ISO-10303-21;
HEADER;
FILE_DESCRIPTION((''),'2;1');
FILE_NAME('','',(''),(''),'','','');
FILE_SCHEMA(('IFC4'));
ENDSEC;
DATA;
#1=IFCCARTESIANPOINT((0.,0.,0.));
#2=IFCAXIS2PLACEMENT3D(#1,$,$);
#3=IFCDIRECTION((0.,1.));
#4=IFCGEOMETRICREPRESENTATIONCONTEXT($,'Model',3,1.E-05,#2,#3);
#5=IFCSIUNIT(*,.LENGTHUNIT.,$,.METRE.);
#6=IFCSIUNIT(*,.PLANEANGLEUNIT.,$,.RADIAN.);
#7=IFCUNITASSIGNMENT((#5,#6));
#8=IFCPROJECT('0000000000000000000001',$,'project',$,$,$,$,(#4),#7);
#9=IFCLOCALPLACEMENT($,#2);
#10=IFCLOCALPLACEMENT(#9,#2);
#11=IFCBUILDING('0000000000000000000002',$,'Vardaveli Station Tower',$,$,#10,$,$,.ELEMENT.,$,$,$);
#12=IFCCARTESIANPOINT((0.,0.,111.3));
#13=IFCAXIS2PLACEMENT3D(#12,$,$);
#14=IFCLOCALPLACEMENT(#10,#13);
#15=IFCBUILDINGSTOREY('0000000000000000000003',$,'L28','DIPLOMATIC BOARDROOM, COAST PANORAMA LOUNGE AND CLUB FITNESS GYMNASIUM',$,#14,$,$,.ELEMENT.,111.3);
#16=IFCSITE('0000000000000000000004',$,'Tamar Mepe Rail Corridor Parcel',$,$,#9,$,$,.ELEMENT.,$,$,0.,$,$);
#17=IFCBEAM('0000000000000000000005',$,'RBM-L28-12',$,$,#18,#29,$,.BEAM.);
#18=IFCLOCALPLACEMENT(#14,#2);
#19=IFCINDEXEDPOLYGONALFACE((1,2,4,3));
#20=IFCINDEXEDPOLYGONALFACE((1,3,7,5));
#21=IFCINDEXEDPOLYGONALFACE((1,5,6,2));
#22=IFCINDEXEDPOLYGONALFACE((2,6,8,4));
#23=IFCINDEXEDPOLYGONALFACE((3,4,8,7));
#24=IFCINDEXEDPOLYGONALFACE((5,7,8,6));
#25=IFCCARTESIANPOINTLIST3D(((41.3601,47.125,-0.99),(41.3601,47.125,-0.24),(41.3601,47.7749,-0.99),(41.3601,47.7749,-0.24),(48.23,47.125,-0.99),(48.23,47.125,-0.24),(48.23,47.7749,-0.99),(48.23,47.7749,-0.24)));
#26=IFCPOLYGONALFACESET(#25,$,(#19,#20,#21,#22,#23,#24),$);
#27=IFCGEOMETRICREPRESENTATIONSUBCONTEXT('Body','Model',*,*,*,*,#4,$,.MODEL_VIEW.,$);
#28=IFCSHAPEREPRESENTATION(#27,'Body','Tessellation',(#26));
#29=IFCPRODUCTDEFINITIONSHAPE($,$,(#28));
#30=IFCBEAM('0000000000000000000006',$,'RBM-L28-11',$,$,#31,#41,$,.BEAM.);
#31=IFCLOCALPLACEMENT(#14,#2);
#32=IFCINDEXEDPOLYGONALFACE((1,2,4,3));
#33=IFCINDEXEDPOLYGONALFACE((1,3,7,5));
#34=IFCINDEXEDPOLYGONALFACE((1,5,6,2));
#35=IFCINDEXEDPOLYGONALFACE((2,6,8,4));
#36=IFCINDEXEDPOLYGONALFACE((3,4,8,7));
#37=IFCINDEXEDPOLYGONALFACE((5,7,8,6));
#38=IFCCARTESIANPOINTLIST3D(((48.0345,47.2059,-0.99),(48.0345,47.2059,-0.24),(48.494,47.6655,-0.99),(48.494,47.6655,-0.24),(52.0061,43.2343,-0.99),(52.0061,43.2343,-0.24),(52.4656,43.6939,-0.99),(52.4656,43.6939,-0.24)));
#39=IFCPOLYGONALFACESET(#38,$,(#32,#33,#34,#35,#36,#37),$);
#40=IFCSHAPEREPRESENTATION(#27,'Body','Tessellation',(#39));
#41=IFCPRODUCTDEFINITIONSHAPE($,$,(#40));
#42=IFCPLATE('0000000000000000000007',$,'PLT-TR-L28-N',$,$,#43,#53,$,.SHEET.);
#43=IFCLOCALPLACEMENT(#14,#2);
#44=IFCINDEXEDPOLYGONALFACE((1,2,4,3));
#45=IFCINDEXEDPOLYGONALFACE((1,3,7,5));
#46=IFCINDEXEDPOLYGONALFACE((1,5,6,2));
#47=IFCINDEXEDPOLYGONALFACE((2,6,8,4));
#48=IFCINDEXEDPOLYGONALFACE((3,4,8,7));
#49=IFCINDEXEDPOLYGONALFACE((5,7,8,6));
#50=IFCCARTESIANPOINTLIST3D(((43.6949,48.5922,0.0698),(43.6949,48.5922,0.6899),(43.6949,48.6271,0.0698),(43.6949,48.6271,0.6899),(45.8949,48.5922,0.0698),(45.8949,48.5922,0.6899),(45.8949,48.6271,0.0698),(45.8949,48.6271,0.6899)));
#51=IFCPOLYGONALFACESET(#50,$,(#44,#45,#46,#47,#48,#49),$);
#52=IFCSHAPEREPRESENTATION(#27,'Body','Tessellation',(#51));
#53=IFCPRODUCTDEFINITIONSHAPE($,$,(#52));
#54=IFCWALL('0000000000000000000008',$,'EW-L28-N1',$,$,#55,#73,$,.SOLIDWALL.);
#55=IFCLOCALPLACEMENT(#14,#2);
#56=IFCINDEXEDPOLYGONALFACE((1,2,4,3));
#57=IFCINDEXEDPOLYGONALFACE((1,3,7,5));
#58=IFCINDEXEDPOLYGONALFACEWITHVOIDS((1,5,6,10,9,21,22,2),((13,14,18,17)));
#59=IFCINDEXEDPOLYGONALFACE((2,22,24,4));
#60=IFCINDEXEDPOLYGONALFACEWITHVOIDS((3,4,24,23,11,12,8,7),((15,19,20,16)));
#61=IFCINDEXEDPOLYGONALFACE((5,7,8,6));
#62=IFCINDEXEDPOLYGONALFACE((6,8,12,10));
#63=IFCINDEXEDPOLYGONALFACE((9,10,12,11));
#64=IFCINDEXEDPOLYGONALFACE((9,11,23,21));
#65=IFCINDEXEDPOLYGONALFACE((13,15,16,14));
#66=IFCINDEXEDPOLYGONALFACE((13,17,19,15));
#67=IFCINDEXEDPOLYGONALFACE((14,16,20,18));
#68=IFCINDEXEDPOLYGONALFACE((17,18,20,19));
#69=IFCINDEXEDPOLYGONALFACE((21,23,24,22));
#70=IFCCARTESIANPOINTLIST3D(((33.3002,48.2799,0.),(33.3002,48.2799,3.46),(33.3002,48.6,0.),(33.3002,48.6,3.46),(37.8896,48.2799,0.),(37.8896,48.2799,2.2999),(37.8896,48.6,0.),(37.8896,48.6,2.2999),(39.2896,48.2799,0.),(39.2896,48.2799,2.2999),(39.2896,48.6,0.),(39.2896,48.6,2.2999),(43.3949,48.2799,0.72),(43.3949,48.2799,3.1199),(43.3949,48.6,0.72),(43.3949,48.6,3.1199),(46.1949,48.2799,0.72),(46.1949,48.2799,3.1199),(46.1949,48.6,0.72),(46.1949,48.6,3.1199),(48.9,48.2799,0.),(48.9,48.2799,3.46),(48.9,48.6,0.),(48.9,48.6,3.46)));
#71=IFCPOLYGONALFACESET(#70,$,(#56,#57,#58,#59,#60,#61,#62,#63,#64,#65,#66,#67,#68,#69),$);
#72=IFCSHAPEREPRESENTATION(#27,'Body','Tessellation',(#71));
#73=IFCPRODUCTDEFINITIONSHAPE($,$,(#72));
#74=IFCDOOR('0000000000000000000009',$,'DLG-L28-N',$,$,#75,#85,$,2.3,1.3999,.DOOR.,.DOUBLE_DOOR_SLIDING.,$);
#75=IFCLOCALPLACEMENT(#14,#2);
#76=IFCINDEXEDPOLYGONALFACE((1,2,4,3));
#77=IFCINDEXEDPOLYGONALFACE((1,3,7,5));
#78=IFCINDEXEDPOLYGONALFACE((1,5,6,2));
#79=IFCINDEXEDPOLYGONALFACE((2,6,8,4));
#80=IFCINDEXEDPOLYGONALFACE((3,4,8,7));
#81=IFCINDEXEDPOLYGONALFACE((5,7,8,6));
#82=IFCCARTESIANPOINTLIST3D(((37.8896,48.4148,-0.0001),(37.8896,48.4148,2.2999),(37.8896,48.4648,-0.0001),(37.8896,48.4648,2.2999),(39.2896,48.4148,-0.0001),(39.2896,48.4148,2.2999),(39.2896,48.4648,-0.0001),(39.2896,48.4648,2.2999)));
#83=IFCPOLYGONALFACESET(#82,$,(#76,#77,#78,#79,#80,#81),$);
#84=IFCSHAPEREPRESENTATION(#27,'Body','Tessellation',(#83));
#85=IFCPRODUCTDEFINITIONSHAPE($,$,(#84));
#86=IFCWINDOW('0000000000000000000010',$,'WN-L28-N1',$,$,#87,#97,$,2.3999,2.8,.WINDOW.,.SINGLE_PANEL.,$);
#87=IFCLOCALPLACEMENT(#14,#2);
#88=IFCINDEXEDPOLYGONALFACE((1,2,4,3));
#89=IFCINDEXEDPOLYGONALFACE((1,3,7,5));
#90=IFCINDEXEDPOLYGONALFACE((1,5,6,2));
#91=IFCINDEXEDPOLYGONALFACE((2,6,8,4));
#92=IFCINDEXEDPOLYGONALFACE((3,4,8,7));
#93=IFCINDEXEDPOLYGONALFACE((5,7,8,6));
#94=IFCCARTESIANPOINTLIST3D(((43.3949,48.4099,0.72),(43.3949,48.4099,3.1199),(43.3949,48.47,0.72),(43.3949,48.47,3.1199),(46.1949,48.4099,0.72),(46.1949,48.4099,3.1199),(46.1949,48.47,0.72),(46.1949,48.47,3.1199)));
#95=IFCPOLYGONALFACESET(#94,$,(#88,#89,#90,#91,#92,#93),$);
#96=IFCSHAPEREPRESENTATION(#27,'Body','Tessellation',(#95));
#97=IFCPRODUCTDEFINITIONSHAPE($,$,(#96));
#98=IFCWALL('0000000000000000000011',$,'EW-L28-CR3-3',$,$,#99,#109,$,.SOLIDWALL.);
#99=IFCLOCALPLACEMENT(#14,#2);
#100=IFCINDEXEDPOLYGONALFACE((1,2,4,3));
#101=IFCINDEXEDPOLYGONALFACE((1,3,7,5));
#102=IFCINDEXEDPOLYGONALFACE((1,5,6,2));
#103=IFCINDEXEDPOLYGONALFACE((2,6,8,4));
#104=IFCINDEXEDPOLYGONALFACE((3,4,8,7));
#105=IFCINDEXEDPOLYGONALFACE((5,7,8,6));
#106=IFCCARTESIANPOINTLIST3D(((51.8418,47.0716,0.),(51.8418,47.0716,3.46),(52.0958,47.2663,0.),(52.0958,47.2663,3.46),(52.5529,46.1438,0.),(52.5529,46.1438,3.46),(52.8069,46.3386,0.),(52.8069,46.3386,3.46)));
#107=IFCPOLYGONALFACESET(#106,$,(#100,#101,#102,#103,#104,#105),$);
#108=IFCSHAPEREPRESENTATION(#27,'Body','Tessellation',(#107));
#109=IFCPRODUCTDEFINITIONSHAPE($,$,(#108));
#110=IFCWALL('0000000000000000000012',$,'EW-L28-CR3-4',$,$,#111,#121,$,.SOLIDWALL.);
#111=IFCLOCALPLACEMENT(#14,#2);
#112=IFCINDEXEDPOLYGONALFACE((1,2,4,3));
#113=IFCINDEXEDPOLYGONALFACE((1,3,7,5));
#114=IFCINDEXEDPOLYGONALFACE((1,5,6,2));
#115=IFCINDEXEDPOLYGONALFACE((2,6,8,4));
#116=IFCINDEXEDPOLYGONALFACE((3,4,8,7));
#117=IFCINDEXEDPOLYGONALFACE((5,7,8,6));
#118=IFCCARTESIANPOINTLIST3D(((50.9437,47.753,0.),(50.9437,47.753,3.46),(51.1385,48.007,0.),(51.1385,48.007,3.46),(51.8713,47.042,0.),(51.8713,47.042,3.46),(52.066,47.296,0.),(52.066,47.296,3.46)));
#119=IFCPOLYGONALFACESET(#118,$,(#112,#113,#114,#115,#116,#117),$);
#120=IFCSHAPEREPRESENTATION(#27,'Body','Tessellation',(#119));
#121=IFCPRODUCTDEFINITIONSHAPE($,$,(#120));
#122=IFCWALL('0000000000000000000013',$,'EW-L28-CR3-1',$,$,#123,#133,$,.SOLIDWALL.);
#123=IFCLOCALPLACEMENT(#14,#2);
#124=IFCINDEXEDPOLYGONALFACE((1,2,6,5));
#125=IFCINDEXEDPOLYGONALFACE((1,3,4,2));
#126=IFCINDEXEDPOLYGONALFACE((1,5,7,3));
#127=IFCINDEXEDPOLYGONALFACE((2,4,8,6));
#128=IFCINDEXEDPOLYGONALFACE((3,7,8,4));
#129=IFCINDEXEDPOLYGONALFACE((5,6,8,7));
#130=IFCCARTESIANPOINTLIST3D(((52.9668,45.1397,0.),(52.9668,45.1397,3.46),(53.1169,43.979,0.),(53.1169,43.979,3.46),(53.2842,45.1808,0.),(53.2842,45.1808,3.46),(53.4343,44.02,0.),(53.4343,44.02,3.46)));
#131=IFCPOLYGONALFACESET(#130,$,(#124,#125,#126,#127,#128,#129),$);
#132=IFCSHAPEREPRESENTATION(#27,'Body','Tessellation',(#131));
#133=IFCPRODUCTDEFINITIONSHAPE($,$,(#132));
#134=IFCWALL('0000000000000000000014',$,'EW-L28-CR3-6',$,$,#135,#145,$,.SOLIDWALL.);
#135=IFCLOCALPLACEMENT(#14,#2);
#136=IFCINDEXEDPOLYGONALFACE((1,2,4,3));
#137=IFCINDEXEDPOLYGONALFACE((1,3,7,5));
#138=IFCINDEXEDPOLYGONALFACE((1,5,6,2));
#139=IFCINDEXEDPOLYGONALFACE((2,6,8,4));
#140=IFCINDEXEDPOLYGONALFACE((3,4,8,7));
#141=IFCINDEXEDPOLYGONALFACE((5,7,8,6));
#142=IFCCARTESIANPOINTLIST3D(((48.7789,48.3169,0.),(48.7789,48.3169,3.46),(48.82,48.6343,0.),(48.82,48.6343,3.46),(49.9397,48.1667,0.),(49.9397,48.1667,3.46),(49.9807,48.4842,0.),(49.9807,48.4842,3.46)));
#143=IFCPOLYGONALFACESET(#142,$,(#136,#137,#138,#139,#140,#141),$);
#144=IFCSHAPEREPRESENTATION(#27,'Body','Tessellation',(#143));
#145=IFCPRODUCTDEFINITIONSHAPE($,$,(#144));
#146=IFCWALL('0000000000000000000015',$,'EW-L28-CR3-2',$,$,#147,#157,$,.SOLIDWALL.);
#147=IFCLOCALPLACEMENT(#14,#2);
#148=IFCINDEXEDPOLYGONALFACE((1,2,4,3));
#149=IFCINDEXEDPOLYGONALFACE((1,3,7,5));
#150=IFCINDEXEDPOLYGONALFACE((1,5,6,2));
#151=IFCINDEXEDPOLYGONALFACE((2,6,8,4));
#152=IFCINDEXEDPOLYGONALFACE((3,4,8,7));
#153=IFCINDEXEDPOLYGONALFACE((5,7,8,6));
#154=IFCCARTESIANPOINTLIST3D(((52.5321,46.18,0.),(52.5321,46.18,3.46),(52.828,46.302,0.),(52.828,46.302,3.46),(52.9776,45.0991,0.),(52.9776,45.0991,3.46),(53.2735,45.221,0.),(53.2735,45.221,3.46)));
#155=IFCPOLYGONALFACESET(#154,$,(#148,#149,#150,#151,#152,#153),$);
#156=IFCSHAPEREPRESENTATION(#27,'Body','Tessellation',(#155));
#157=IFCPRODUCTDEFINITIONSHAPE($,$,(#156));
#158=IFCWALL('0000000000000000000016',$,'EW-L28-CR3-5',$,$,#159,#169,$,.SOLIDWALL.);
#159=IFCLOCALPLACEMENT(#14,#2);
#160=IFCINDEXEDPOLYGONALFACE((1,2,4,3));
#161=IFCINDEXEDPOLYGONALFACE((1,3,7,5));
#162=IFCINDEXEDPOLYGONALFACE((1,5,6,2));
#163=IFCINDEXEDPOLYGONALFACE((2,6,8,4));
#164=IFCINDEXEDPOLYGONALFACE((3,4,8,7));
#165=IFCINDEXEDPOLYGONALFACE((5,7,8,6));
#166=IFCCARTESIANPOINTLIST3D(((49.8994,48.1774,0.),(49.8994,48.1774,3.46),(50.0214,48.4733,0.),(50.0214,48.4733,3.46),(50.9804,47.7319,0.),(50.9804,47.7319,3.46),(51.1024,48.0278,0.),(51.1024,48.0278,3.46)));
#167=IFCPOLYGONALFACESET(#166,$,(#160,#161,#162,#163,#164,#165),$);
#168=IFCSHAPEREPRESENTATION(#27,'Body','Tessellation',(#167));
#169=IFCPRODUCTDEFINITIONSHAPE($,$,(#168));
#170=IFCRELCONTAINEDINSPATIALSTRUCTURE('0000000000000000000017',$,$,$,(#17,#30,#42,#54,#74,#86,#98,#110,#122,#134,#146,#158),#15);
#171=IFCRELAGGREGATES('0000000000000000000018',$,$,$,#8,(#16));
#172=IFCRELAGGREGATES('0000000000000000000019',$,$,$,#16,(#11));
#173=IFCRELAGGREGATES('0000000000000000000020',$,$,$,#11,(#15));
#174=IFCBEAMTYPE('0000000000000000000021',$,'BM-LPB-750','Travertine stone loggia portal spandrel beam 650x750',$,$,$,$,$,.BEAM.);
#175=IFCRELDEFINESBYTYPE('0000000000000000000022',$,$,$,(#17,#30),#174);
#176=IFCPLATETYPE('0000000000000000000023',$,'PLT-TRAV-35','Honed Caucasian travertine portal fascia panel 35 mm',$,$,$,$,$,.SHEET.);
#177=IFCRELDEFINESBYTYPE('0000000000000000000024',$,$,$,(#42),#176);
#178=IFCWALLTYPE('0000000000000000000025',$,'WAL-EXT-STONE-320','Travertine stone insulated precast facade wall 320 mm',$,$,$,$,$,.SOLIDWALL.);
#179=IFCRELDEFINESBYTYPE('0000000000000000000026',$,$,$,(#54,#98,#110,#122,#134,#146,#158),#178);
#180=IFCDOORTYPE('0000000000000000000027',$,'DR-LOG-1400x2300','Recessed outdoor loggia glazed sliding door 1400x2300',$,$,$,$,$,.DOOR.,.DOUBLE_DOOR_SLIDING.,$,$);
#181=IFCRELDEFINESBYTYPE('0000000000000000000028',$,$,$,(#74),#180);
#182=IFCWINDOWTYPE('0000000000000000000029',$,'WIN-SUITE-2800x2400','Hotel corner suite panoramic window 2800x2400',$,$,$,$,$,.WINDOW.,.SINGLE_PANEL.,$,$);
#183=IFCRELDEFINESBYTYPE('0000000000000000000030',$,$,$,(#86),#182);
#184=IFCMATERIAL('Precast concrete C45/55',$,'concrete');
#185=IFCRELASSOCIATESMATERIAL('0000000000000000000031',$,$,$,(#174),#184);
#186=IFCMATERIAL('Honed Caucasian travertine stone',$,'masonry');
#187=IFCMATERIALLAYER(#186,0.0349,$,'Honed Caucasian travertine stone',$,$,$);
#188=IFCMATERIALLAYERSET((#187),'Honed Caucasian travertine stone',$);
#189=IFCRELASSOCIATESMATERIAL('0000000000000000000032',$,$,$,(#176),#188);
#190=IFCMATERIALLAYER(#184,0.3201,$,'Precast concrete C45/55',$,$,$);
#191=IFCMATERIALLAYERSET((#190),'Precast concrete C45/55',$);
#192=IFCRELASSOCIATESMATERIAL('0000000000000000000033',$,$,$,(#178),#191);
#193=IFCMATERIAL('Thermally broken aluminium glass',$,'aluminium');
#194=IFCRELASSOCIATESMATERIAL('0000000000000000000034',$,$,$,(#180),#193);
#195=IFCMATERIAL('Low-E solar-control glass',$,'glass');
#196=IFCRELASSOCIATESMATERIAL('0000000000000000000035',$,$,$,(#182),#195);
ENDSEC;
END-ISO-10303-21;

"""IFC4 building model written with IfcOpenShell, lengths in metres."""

from ifc_helpers import new_model, si_unit, direction, frame, frame_2d, origin, origin_2d, place, context, subcontext, project, spatial, rectangle, extrude, source, transform, mapped, material, layer, layer_set, material_profile, profile_set, type_object, element, fill, save


model = new_model("IFC4")

# Units and contexts
model_context = context("Model", 3, precision=1e-05, world=origin(), true_north=direction((0.0, 1.0)))
body_context = subcontext(model_context, "Body", "Model", "MODEL_VIEW")
ifc_project = project(units=[si_unit("LENGTHUNIT", "METRE"), si_unit("PLANEANGLEUNIT", "RADIAN")], contexts=[model_context])

# Site, building, storey
site_placement = place(None, origin())
site = spatial("IfcSite", under=ifc_project, at=site_placement, Name="Tamar Mepe Rail Corridor Parcel", CompositionType="ELEMENT", RefElevation=0.0)
building_placement = place(site_placement, origin())
building = spatial("IfcBuilding", under=site, at=building_placement, Name="Vardaveli Station Tower", CompositionType="ELEMENT")
storey_placement = place(building_placement, frame((0.0, 0.0, 111.3)))
storey = spatial("IfcBuildingStorey", under=building, at=storey_placement, Name="L28", Description="DIPLOMATIC BOARDROOM, COAST PANORAMA LOUNGE AND CLUB FITNESS GYMNASIUM", CompositionType="ELEMENT", Elevation=111.3)

# Beams
ifc_material_1 = material(Name="Precast concrete C45/55", Category="concrete")
ifc_material_profile_1 = material_profile(ifc_material_1, rectangle(XDim=0.6499, YDim=0.75, at=origin_2d()), Name="LPB 650x750")
ifc_profile_set_1 = profile_set([ifc_material_profile_1], Name="Precast concrete C45/55")
beam_type = type_object("IfcBeamType", Name="BM-LPB-750", Description="Travertine stone loggia portal spandrel beam 650x750", PredefinedType="BEAM", material=ifc_profile_set_1)
shared_shape_1 = source(origin(), body_context, "Body", "SweptSolid", [
    extrude(rectangle(XDim=0.6499, YDim=0.75, at=origin_2d()), origin(), (0.0, 0.0, 1.0), 6.8699),
])
for number, where, z_axis, x_axis, name in (
    (1, (48.23, 47.45, -0.615), (-1.0, 0.0, 0.0), (0.0, -1.0, 0.0), "RBM-L28-12"),
):
    element("IfcBeam", number, at=place(storey_placement, frame(where, z_axis=z_axis, x_axis=x_axis)), inside=storey, type_object=beam_type, Name=name, PredefinedType="BEAM", context=body_context, shape_type="MappedRepresentation", body=[
        mapped(shared_shape_1, transform((0.0, 0.0, 0.0), scale=1.0)),
    ])
shared_shape_2 = source(origin(), body_context, "Body", "SweptSolid", [
    extrude(rectangle(XDim=0.6499, YDim=0.75, at=origin_2d()), origin(), (0.0, 0.0, 1.0), 5.6167),
])
beam_placement = place(storey_placement, frame((52.2358, 43.4641, -0.615), z_axis=(-0.707107, 0.707107, 0.0), x_axis=(-0.707107, -0.707107, 0.0)))
element("IfcBeam", 2, at=beam_placement, inside=storey, type_object=beam_type, Name="RBM-L28-11", PredefinedType="BEAM", context=body_context, shape_type="MappedRepresentation", body=[
    mapped(shared_shape_2, transform((0.0, 0.0, 0.0), scale=1.0)),
])

# Plate
ifc_material_2 = material(Name="Honed Caucasian travertine stone", Category="masonry")
ifc_layer_1 = layer(ifc_material_2, 0.0349, Name="Honed Caucasian travertine stone")
ifc_layer_set_1 = layer_set([ifc_layer_1], Name="Honed Caucasian travertine stone")
plate_type = type_object("IfcPlateType", Name="PLT-TRAV-35", Description="Honed Caucasian travertine portal fascia panel 35 mm", PredefinedType="SHEET", material=ifc_layer_set_1)
shared_shape_3 = source(origin(), body_context, "Body", "SweptSolid", [
    extrude(rectangle(XDim=2.2, YDim=0.0349, at=origin_2d()), origin(), (0.0, 0.0, 1.0), 0.6201),
])
plate_placement = place(storey_placement, frame((44.7949, 48.6096, 0.0698), z_axis=(0.0, 0.0, 1.0), x_axis=(1.0, 0.0, 0.0)))
element("IfcPlate", 3, at=plate_placement, inside=storey, type_object=plate_type, Name="PLT-TR-L28-N", PredefinedType="SHEET", context=body_context, shape_type="MappedRepresentation", body=[
    mapped(shared_shape_3, transform((0.0, 0.0, 0.0), scale=1.0)),
])

# Wall, openings, door, window
ifc_layer_2 = layer(ifc_material_1, 0.3201, Name="Precast concrete C45/55")
ifc_layer_set_2 = layer_set([ifc_layer_2], Name="Precast concrete C45/55")
wall_type_1 = type_object("IfcWallType", Name="WAL-EXT-STONE-320", Description="Travertine stone insulated precast facade wall 320 mm", PredefinedType="SOLIDWALL", material=ifc_layer_set_2)
shared_shape_4 = source(origin(), body_context, "Body", "SweptSolid", [
    extrude(rectangle(XDim=15.5999, YDim=0.3201, at=frame_2d((7.7998, 0.0))), origin(), (0.0, 0.0, 1.0), 3.46),
])
wall_1_placement = place(storey_placement, frame((48.8999, 48.4399, 0.0), z_axis=(0.0, 0.0, 1.0), x_axis=(-1.0, 0.0, 0.0)))
wall_1 = element("IfcWall", 4, at=wall_1_placement, inside=storey, type_object=wall_type_1, Name="EW-L28-N1", PredefinedType="SOLIDWALL", context=body_context, shape_type="MappedRepresentation", body=[
    mapped(shared_shape_4, transform((0.0, 0.0, 0.0), scale=1.0)),
])
shared_shape_5 = source(origin(), body_context, "Body", "SweptSolid", [
    extrude(rectangle(XDim=1.3999, YDim=2.3, at=frame_2d((0.7, 1.1499))), frame((0.0, 0.1699, 0.0), z_axis=(0.0, -1.0, 0.0), x_axis=(1.0, 0.0, 0.0)), (0.0, 0.0, 1.0), 0.3401),
])
opening_1_placement = place(wall_1_placement, frame((9.6104, 0.0, 0.0)))
opening_1 = element("IfcOpeningElement", 5, at=opening_1_placement, cuts=wall_1, PredefinedType="OPENING", context=body_context, shape_type="MappedRepresentation", body=[
    mapped(shared_shape_5, transform((0.0, 0.0, 0.0), scale=1.0)),
])
shared_shape_6 = source(origin(), body_context, "Body", "SweptSolid", [
    extrude(rectangle(XDim=2.8, YDim=2.3999, at=frame_2d((1.3999, 1.2))), frame((0.0, 0.1699, 0.0), z_axis=(0.0, -1.0, 0.0), x_axis=(1.0, 0.0, 0.0)), (0.0, 0.0, 1.0), 0.3401),
])
opening_2_placement = place(wall_1_placement, frame((2.7051, 0.0, 0.72)))
opening_2 = element("IfcOpeningElement", 6, at=opening_2_placement, cuts=wall_1, PredefinedType="OPENING", context=body_context, shape_type="MappedRepresentation", body=[
    mapped(shared_shape_6, transform((0.0, 0.0, 0.0), scale=1.0)),
])
ifc_material_3 = material(Name="Thermally broken aluminium glass", Category="aluminium")
door_type = type_object("IfcDoorType", Name="DR-LOG-1400x2300", Description="Recessed outdoor loggia glazed sliding door 1400x2300", OperationType="DOUBLE_DOOR_SLIDING", PredefinedType="DOOR", material=ifc_material_3)
shared_shape_7 = source(origin(), body_context, "Body", "SweptSolid", [
    extrude(rectangle(XDim=1.3999, YDim=2.3, at=frame_2d((0.7, 1.1499))), frame((0.0, 0.0249, 0.0), z_axis=(0.0, -1.0, 0.0), x_axis=(1.0, 0.0, 0.0)), (0.0, 0.0, 1.0), 0.05),
])
door_placement = place(opening_1_placement, frame((1.3999, 0.0, 0.0), z_axis=(0.0, 0.0, 1.0), x_axis=(-1.0, 0.0, 0.0)))
door = element("IfcDoor", 7, at=door_placement, inside=storey, type_object=door_type, Name="DLG-L28-N", OperationType="DOUBLE_DOOR_SLIDING", OverallHeight=2.3, OverallWidth=1.3999, PredefinedType="DOOR", context=body_context, shape_type="MappedRepresentation", body=[
    mapped(shared_shape_7, transform((0.0, 0.0, 0.0), scale=1.0)),
])
fill(opening_1, door)
ifc_material_4 = material(Name="Low-E solar-control glass", Category="glass")
window_type = type_object("IfcWindowType", Name="WIN-SUITE-2800x2400", Description="Hotel corner suite panoramic window 2800x2400", PartitioningType="SINGLE_PANEL", PredefinedType="WINDOW", material=ifc_material_4)
shared_shape_8 = source(origin(), body_context, "Body", "SweptSolid", [
    extrude(rectangle(XDim=2.8, YDim=2.3999, at=frame_2d((1.3999, 1.2))), frame((0.0, 0.03, 0.0), z_axis=(0.0, -1.0, 0.0), x_axis=(1.0, 0.0, 0.0)), (0.0, 0.0, 1.0), 0.0601),
])
window_placement = place(opening_2_placement, origin())
window = element("IfcWindow", 8, at=window_placement, inside=storey, type_object=window_type, Name="WN-L28-N1", OverallHeight=2.3999, OverallWidth=2.8, PartitioningType="SINGLE_PANEL", PredefinedType="WINDOW", context=body_context, shape_type="MappedRepresentation", body=[
    mapped(shared_shape_8, transform((0.0, 0.0, 0.0), scale=1.0)),
])
fill(opening_2, window)

# Walls
shared_shape_9 = source(origin(), body_context, "Body", "SweptSolid", [
    extrude(rectangle(XDim=1.1689, YDim=0.3201, at=frame_2d((0.5845, 0.0))), origin(), (0.0, 0.0, 1.0), 3.46),
])
wall_2_placement = place(storey_placement, frame((52.6799, 46.2412, 0.0), z_axis=(0.0, 0.0, 1.0), x_axis=(-0.608388, 0.79364, 0.0)))
element("IfcWall", 9, at=wall_2_placement, inside=storey, type_object=wall_type_1, Name="EW-L28-CR3-3", PredefinedType="SOLIDWALL", context=body_context, shape_type="MappedRepresentation", body=[
    mapped(shared_shape_9, transform((0.0, 0.0, 0.0), scale=1.0)),
])
shared_shape_10 = source(origin(), body_context, "Body", "SweptSolid", [
    extrude(rectangle(XDim=1.1687, YDim=0.3201, at=frame_2d((0.5845, 0.0))), origin(), (0.0, 0.0, 1.0), 3.46),
])
wall_3_placement = place(storey_placement, frame((51.9688, 47.1689, 0.0), z_axis=(0.0, 0.0, 1.0), x_axis=(-0.793664, 0.608357, 0.0)))
element("IfcWall", 10, at=wall_3_placement, inside=storey, type_object=wall_type_1, Name="EW-L28-CR3-4", PredefinedType="SOLIDWALL", context=body_context, shape_type="MappedRepresentation", body=[
    mapped(shared_shape_10, transform((0.0, 0.0, 0.0), scale=1.0)),
])
shared_shape_11 = source(origin(), body_context, "Body", "SweptSolid", [
    extrude(rectangle(XDim=1.1704, YDim=0.3201, at=frame_2d((0.5852, 0.0))), origin(), (0.0, 0.0, 1.0), 3.46),
])
for number, where, z_axis, x_axis, name in (
    (11, (53.2756, 43.9995, 0.0), (0.0, 0.0, 1.0), (-0.128296, 0.991736, 0.0), "EW-L28-CR3-1"),
    (12, (49.9602, 48.3254, 0.0), (0.0, 0.0, 1.0), (-0.991736, 0.128296, 0.0), "EW-L28-CR3-6"),
):
    element("IfcWall", number, at=place(storey_placement, frame(where, z_axis=z_axis, x_axis=x_axis)), inside=storey, type_object=wall_type_1, Name=name, PredefinedType="SOLIDWALL", context=body_context, shape_type="MappedRepresentation", body=[
        mapped(shared_shape_11, transform((0.0, 0.0, 0.0), scale=1.0)),
    ])
shared_shape_12 = source(origin(), body_context, "Body", "SweptSolid", [
    extrude(rectangle(XDim=1.1692, YDim=0.3201, at=frame_2d((0.5845, 0.0))), origin(), (0.0, 0.0, 1.0), 3.46),
])
for number, where, z_axis, x_axis, name in (
    (13, (53.1255, 45.1602, 0.0), (0.0, 0.0, 1.0), (-0.381054, 0.924553, 0.0), "EW-L28-CR3-2"),
    (14, (51.0413, 47.8799, 0.0), (0.0, 0.0, 1.0), (-0.924553, 0.381054, 0.0), "EW-L28-CR3-5"),
):
    element("IfcWall", number, at=place(storey_placement, frame(where, z_axis=z_axis, x_axis=x_axis)), inside=storey, type_object=wall_type_1, Name=name, PredefinedType="SOLIDWALL", context=body_context, shape_type="MappedRepresentation", body=[
        mapped(shared_shape_12, transform((0.0, 0.0, 0.0), scale=1.0)),
    ])

save(model, "model.ifc")
